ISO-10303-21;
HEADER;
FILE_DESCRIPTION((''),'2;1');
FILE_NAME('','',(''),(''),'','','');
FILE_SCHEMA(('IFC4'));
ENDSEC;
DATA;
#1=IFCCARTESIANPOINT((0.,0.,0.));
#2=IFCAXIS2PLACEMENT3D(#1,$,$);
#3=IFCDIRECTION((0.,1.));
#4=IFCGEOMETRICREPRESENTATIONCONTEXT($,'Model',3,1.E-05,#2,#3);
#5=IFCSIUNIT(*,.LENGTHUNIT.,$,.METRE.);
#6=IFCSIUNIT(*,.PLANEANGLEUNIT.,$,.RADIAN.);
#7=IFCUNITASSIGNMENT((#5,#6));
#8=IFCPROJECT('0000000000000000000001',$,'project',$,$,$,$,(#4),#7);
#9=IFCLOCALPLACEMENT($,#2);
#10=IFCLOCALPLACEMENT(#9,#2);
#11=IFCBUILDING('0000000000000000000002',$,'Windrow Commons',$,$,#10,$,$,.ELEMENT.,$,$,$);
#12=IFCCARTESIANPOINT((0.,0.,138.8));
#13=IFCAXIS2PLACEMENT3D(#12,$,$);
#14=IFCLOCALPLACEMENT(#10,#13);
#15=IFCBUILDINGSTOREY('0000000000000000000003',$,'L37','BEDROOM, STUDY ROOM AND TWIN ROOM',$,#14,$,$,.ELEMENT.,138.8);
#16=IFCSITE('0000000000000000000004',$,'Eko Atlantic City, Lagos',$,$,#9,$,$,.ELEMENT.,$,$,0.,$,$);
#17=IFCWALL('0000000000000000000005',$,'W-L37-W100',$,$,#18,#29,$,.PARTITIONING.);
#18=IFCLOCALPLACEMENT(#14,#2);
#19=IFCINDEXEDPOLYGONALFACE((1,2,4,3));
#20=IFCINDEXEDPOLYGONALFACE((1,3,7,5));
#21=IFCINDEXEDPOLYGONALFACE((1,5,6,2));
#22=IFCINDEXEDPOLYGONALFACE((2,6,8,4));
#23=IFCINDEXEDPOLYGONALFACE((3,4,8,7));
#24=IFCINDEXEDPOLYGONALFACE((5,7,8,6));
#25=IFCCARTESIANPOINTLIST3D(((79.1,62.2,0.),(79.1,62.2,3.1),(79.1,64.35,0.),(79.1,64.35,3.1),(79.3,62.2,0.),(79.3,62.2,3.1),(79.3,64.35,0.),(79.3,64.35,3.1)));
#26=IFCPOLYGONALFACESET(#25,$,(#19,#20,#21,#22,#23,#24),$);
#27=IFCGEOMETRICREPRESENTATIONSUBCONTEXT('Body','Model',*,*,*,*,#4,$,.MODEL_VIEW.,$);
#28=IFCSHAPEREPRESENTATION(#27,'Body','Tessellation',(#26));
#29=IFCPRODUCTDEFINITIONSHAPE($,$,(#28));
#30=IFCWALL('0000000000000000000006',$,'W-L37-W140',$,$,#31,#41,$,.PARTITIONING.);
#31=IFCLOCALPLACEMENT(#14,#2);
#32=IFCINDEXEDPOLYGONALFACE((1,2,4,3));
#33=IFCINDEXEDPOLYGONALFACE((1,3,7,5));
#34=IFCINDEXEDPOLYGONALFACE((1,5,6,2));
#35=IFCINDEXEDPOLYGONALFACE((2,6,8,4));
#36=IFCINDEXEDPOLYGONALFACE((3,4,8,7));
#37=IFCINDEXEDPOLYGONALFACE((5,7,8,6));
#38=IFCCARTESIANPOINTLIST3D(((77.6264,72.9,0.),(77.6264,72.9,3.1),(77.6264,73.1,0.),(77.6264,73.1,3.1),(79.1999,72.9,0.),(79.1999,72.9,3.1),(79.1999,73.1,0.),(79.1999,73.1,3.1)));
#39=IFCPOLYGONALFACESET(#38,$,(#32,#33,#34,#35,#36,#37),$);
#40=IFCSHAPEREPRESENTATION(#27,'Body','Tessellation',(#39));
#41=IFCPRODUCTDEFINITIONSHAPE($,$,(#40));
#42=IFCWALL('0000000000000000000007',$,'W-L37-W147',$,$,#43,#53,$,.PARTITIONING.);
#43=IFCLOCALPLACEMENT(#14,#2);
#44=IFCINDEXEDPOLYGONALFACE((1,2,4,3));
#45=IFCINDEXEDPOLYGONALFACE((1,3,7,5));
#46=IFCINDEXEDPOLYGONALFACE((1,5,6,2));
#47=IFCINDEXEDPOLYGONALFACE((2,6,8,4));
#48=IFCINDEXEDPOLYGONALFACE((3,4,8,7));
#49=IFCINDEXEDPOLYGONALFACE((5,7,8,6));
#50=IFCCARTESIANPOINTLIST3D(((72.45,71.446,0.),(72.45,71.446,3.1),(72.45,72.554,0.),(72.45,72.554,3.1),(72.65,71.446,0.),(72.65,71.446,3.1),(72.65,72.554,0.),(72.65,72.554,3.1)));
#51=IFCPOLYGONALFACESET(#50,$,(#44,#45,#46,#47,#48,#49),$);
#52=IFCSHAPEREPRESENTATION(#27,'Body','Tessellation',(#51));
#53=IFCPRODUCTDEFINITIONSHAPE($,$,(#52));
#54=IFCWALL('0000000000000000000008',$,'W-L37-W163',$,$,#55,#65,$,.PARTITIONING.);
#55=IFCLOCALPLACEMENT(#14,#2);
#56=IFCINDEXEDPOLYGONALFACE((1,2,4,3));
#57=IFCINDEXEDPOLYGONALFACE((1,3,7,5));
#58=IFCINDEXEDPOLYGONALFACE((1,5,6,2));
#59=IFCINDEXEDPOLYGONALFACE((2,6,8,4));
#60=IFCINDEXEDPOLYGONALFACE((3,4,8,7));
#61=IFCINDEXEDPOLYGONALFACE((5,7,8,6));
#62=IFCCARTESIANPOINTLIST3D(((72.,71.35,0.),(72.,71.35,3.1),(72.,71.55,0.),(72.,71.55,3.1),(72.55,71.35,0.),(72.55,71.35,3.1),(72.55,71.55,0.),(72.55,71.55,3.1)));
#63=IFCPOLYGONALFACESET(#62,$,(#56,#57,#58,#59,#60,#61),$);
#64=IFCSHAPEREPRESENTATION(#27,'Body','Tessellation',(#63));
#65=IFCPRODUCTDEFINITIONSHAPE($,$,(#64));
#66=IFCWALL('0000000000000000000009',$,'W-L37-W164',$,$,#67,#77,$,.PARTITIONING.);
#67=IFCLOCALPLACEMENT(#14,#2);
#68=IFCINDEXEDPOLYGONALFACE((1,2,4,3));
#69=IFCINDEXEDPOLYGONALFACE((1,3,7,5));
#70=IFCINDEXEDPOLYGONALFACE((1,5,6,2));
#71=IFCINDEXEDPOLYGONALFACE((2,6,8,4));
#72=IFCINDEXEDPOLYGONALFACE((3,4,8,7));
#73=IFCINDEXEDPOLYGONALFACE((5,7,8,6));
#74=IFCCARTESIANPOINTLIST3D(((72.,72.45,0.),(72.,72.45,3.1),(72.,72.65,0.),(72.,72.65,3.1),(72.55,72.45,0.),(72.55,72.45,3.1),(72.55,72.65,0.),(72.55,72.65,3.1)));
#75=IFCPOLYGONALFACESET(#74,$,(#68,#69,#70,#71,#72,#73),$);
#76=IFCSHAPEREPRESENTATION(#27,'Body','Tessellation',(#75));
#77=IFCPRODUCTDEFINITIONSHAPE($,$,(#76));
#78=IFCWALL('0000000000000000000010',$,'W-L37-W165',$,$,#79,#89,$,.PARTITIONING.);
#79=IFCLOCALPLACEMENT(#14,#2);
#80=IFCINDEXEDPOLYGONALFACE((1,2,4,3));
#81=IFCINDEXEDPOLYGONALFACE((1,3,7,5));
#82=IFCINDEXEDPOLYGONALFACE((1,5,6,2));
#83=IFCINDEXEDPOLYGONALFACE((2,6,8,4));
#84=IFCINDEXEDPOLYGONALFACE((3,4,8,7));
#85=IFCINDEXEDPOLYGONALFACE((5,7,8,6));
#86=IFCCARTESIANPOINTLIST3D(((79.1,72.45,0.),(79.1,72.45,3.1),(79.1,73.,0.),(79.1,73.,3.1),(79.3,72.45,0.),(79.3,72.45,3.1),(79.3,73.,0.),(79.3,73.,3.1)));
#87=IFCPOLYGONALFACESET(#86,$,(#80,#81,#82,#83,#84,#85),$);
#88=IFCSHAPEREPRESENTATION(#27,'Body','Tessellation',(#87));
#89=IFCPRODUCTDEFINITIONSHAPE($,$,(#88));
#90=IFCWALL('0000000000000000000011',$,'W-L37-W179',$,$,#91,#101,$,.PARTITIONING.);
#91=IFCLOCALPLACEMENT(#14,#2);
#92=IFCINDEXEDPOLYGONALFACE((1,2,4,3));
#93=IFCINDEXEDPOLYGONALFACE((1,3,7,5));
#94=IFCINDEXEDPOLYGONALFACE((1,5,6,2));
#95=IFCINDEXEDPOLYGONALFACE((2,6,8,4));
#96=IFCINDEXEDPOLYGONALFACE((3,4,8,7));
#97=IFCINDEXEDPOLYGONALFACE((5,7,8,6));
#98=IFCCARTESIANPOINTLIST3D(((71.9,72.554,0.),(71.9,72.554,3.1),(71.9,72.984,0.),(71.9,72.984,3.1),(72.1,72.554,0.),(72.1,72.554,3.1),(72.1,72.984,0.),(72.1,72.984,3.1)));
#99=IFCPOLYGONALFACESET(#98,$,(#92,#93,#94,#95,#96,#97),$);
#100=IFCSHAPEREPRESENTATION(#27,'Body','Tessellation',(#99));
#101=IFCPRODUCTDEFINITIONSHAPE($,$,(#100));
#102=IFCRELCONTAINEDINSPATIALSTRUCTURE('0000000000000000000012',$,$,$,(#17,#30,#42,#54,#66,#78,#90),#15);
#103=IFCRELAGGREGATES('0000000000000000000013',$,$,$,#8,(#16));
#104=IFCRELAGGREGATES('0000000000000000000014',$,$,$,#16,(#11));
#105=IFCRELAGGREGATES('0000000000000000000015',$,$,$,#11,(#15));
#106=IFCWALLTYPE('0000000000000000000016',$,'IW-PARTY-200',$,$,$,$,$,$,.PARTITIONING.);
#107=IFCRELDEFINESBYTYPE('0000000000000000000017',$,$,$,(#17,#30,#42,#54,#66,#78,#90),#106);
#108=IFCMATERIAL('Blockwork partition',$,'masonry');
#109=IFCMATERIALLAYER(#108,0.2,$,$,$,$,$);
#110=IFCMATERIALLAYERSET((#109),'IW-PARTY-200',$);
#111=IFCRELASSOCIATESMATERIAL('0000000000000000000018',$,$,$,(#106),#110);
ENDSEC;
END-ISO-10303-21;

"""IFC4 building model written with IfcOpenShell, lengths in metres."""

from ifc_helpers import new_model, si_unit, direction, frame, frame_2d, origin, place, context, subcontext, project, spatial, rectangle, extrude, material, layer, layer_set, type_object, element, save


model = new_model("IFC4")

# Units and contexts
model_context = context("Model", 3, precision=1e-05, world=origin(), true_north=direction((0.0, 1.0)))
body_context = subcontext(model_context, "Body", "Model", "MODEL_VIEW")
ifc_project = project(units=[si_unit("LENGTHUNIT", "METRE"), si_unit("PLANEANGLEUNIT", "RADIAN")], contexts=[model_context])

# Site, building, storey
site_placement = place(None, origin())
site = spatial("IfcSite", under=ifc_project, at=site_placement, Name="Eko Atlantic City, Lagos", CompositionType="ELEMENT", RefElevation=0.0)
building_placement = place(site_placement, origin())
building = spatial("IfcBuilding", under=site, at=building_placement, Name="Windrow Commons", CompositionType="ELEMENT")
storey_placement = place(building_placement, frame((0.0, 0.0, 138.8)))
storey = spatial("IfcBuildingStorey", under=building, at=storey_placement, Name="L37", Description="BEDROOM, STUDY ROOM AND TWIN ROOM", CompositionType="ELEMENT", Elevation=138.8)

# Walls
ifc_material_1 = material(Name="Blockwork partition", Category="masonry")
ifc_layer_1 = layer(ifc_material_1, 0.2)
ifc_layer_set_1 = layer_set([ifc_layer_1], Name="IW-PARTY-200")
wall_type_1 = type_object("IfcWallType", Name="IW-PARTY-200", PredefinedType="PARTITIONING", material=ifc_layer_set_1)
wall_1_placement = place(storey_placement, frame((79.2, 62.2, 0.0), z_axis=(0.0, 0.0, 1.0), x_axis=(0.0, 1.0, 0.0)))
element("IfcWall", 1, at=wall_1_placement, inside=storey, type_object=wall_type_1, Name="W-L37-W100", PredefinedType="PARTITIONING", context=body_context, shape_type="SweptSolid", body=[
    extrude(rectangle(XDim=2.15, YDim=0.2, at=frame_2d((1.075, 0.0))), origin(), (0.0, 0.0, 1.0), 3.1),
])
wall_2_placement = place(storey_placement, frame((77.6265, 73.0, 0.0), z_axis=(0.0, 0.0, 1.0), x_axis=(1.0, 0.0, 0.0)))
element("IfcWall", 2, at=wall_2_placement, inside=storey, type_object=wall_type_1, Name="W-L37-W140", PredefinedType="PARTITIONING", context=body_context, shape_type="SweptSolid", body=[
    extrude(rectangle(XDim=1.5735, YDim=0.2, at=frame_2d((0.7867, 0.0))), origin(), (0.0, 0.0, 1.0), 3.1),
])
wall_3_placement = place(storey_placement, frame((72.55, 71.446, 0.0), z_axis=(0.0, 0.0, 1.0), x_axis=(0.0, 1.0, 0.0)))
element("IfcWall", 3, at=wall_3_placement, inside=storey, type_object=wall_type_1, Name="W-L37-W147", PredefinedType="PARTITIONING", context=body_context, shape_type="SweptSolid", body=[
    extrude(rectangle(XDim=1.108, YDim=0.2, at=frame_2d((0.554, 0.0))), origin(), (0.0, 0.0, 1.0), 3.1),
])
for number, where, z_axis, x_axis, name in (
    (4, (72.0, 71.45, 0.0), (0.0, 0.0, 1.0), (1.0, 0.0, 0.0), "W-L37-W163"),
    (5, (72.0, 72.55, 0.0), (0.0, 0.0, 1.0), (1.0, 0.0, 0.0), "W-L37-W164"),
    (6, (79.2, 72.45, 0.0), (0.0, 0.0, 1.0), (0.0, 1.0, 0.0), "W-L37-W165"),
):
    element("IfcWall", number, at=place(storey_placement, frame(where, z_axis=z_axis, x_axis=x_axis)), inside=storey, type_object=wall_type_1, Name=name, PredefinedType="PARTITIONING", context=body_context, shape_type="SweptSolid", body=[
        extrude(rectangle(XDim=0.55, YDim=0.2, at=frame_2d((0.275, 0.0))), origin(), (0.0, 0.0, 1.0), 3.1),
    ])
wall_4_placement = place(storey_placement, frame((72.0, 72.554, 0.0), z_axis=(0.0, 0.0, 1.0), x_axis=(0.0, 1.0, 0.0)))
element("IfcWall", 7, at=wall_4_placement, inside=storey, type_object=wall_type_1, Name="W-L37-W179", PredefinedType="PARTITIONING", context=body_context, shape_type="SweptSolid", body=[
    extrude(rectangle(XDim=0.43, YDim=0.2, at=frame_2d((0.215, 0.0))), origin(), (0.0, 0.0, 1.0), 3.1),
])

save(model, "model.ifc")
